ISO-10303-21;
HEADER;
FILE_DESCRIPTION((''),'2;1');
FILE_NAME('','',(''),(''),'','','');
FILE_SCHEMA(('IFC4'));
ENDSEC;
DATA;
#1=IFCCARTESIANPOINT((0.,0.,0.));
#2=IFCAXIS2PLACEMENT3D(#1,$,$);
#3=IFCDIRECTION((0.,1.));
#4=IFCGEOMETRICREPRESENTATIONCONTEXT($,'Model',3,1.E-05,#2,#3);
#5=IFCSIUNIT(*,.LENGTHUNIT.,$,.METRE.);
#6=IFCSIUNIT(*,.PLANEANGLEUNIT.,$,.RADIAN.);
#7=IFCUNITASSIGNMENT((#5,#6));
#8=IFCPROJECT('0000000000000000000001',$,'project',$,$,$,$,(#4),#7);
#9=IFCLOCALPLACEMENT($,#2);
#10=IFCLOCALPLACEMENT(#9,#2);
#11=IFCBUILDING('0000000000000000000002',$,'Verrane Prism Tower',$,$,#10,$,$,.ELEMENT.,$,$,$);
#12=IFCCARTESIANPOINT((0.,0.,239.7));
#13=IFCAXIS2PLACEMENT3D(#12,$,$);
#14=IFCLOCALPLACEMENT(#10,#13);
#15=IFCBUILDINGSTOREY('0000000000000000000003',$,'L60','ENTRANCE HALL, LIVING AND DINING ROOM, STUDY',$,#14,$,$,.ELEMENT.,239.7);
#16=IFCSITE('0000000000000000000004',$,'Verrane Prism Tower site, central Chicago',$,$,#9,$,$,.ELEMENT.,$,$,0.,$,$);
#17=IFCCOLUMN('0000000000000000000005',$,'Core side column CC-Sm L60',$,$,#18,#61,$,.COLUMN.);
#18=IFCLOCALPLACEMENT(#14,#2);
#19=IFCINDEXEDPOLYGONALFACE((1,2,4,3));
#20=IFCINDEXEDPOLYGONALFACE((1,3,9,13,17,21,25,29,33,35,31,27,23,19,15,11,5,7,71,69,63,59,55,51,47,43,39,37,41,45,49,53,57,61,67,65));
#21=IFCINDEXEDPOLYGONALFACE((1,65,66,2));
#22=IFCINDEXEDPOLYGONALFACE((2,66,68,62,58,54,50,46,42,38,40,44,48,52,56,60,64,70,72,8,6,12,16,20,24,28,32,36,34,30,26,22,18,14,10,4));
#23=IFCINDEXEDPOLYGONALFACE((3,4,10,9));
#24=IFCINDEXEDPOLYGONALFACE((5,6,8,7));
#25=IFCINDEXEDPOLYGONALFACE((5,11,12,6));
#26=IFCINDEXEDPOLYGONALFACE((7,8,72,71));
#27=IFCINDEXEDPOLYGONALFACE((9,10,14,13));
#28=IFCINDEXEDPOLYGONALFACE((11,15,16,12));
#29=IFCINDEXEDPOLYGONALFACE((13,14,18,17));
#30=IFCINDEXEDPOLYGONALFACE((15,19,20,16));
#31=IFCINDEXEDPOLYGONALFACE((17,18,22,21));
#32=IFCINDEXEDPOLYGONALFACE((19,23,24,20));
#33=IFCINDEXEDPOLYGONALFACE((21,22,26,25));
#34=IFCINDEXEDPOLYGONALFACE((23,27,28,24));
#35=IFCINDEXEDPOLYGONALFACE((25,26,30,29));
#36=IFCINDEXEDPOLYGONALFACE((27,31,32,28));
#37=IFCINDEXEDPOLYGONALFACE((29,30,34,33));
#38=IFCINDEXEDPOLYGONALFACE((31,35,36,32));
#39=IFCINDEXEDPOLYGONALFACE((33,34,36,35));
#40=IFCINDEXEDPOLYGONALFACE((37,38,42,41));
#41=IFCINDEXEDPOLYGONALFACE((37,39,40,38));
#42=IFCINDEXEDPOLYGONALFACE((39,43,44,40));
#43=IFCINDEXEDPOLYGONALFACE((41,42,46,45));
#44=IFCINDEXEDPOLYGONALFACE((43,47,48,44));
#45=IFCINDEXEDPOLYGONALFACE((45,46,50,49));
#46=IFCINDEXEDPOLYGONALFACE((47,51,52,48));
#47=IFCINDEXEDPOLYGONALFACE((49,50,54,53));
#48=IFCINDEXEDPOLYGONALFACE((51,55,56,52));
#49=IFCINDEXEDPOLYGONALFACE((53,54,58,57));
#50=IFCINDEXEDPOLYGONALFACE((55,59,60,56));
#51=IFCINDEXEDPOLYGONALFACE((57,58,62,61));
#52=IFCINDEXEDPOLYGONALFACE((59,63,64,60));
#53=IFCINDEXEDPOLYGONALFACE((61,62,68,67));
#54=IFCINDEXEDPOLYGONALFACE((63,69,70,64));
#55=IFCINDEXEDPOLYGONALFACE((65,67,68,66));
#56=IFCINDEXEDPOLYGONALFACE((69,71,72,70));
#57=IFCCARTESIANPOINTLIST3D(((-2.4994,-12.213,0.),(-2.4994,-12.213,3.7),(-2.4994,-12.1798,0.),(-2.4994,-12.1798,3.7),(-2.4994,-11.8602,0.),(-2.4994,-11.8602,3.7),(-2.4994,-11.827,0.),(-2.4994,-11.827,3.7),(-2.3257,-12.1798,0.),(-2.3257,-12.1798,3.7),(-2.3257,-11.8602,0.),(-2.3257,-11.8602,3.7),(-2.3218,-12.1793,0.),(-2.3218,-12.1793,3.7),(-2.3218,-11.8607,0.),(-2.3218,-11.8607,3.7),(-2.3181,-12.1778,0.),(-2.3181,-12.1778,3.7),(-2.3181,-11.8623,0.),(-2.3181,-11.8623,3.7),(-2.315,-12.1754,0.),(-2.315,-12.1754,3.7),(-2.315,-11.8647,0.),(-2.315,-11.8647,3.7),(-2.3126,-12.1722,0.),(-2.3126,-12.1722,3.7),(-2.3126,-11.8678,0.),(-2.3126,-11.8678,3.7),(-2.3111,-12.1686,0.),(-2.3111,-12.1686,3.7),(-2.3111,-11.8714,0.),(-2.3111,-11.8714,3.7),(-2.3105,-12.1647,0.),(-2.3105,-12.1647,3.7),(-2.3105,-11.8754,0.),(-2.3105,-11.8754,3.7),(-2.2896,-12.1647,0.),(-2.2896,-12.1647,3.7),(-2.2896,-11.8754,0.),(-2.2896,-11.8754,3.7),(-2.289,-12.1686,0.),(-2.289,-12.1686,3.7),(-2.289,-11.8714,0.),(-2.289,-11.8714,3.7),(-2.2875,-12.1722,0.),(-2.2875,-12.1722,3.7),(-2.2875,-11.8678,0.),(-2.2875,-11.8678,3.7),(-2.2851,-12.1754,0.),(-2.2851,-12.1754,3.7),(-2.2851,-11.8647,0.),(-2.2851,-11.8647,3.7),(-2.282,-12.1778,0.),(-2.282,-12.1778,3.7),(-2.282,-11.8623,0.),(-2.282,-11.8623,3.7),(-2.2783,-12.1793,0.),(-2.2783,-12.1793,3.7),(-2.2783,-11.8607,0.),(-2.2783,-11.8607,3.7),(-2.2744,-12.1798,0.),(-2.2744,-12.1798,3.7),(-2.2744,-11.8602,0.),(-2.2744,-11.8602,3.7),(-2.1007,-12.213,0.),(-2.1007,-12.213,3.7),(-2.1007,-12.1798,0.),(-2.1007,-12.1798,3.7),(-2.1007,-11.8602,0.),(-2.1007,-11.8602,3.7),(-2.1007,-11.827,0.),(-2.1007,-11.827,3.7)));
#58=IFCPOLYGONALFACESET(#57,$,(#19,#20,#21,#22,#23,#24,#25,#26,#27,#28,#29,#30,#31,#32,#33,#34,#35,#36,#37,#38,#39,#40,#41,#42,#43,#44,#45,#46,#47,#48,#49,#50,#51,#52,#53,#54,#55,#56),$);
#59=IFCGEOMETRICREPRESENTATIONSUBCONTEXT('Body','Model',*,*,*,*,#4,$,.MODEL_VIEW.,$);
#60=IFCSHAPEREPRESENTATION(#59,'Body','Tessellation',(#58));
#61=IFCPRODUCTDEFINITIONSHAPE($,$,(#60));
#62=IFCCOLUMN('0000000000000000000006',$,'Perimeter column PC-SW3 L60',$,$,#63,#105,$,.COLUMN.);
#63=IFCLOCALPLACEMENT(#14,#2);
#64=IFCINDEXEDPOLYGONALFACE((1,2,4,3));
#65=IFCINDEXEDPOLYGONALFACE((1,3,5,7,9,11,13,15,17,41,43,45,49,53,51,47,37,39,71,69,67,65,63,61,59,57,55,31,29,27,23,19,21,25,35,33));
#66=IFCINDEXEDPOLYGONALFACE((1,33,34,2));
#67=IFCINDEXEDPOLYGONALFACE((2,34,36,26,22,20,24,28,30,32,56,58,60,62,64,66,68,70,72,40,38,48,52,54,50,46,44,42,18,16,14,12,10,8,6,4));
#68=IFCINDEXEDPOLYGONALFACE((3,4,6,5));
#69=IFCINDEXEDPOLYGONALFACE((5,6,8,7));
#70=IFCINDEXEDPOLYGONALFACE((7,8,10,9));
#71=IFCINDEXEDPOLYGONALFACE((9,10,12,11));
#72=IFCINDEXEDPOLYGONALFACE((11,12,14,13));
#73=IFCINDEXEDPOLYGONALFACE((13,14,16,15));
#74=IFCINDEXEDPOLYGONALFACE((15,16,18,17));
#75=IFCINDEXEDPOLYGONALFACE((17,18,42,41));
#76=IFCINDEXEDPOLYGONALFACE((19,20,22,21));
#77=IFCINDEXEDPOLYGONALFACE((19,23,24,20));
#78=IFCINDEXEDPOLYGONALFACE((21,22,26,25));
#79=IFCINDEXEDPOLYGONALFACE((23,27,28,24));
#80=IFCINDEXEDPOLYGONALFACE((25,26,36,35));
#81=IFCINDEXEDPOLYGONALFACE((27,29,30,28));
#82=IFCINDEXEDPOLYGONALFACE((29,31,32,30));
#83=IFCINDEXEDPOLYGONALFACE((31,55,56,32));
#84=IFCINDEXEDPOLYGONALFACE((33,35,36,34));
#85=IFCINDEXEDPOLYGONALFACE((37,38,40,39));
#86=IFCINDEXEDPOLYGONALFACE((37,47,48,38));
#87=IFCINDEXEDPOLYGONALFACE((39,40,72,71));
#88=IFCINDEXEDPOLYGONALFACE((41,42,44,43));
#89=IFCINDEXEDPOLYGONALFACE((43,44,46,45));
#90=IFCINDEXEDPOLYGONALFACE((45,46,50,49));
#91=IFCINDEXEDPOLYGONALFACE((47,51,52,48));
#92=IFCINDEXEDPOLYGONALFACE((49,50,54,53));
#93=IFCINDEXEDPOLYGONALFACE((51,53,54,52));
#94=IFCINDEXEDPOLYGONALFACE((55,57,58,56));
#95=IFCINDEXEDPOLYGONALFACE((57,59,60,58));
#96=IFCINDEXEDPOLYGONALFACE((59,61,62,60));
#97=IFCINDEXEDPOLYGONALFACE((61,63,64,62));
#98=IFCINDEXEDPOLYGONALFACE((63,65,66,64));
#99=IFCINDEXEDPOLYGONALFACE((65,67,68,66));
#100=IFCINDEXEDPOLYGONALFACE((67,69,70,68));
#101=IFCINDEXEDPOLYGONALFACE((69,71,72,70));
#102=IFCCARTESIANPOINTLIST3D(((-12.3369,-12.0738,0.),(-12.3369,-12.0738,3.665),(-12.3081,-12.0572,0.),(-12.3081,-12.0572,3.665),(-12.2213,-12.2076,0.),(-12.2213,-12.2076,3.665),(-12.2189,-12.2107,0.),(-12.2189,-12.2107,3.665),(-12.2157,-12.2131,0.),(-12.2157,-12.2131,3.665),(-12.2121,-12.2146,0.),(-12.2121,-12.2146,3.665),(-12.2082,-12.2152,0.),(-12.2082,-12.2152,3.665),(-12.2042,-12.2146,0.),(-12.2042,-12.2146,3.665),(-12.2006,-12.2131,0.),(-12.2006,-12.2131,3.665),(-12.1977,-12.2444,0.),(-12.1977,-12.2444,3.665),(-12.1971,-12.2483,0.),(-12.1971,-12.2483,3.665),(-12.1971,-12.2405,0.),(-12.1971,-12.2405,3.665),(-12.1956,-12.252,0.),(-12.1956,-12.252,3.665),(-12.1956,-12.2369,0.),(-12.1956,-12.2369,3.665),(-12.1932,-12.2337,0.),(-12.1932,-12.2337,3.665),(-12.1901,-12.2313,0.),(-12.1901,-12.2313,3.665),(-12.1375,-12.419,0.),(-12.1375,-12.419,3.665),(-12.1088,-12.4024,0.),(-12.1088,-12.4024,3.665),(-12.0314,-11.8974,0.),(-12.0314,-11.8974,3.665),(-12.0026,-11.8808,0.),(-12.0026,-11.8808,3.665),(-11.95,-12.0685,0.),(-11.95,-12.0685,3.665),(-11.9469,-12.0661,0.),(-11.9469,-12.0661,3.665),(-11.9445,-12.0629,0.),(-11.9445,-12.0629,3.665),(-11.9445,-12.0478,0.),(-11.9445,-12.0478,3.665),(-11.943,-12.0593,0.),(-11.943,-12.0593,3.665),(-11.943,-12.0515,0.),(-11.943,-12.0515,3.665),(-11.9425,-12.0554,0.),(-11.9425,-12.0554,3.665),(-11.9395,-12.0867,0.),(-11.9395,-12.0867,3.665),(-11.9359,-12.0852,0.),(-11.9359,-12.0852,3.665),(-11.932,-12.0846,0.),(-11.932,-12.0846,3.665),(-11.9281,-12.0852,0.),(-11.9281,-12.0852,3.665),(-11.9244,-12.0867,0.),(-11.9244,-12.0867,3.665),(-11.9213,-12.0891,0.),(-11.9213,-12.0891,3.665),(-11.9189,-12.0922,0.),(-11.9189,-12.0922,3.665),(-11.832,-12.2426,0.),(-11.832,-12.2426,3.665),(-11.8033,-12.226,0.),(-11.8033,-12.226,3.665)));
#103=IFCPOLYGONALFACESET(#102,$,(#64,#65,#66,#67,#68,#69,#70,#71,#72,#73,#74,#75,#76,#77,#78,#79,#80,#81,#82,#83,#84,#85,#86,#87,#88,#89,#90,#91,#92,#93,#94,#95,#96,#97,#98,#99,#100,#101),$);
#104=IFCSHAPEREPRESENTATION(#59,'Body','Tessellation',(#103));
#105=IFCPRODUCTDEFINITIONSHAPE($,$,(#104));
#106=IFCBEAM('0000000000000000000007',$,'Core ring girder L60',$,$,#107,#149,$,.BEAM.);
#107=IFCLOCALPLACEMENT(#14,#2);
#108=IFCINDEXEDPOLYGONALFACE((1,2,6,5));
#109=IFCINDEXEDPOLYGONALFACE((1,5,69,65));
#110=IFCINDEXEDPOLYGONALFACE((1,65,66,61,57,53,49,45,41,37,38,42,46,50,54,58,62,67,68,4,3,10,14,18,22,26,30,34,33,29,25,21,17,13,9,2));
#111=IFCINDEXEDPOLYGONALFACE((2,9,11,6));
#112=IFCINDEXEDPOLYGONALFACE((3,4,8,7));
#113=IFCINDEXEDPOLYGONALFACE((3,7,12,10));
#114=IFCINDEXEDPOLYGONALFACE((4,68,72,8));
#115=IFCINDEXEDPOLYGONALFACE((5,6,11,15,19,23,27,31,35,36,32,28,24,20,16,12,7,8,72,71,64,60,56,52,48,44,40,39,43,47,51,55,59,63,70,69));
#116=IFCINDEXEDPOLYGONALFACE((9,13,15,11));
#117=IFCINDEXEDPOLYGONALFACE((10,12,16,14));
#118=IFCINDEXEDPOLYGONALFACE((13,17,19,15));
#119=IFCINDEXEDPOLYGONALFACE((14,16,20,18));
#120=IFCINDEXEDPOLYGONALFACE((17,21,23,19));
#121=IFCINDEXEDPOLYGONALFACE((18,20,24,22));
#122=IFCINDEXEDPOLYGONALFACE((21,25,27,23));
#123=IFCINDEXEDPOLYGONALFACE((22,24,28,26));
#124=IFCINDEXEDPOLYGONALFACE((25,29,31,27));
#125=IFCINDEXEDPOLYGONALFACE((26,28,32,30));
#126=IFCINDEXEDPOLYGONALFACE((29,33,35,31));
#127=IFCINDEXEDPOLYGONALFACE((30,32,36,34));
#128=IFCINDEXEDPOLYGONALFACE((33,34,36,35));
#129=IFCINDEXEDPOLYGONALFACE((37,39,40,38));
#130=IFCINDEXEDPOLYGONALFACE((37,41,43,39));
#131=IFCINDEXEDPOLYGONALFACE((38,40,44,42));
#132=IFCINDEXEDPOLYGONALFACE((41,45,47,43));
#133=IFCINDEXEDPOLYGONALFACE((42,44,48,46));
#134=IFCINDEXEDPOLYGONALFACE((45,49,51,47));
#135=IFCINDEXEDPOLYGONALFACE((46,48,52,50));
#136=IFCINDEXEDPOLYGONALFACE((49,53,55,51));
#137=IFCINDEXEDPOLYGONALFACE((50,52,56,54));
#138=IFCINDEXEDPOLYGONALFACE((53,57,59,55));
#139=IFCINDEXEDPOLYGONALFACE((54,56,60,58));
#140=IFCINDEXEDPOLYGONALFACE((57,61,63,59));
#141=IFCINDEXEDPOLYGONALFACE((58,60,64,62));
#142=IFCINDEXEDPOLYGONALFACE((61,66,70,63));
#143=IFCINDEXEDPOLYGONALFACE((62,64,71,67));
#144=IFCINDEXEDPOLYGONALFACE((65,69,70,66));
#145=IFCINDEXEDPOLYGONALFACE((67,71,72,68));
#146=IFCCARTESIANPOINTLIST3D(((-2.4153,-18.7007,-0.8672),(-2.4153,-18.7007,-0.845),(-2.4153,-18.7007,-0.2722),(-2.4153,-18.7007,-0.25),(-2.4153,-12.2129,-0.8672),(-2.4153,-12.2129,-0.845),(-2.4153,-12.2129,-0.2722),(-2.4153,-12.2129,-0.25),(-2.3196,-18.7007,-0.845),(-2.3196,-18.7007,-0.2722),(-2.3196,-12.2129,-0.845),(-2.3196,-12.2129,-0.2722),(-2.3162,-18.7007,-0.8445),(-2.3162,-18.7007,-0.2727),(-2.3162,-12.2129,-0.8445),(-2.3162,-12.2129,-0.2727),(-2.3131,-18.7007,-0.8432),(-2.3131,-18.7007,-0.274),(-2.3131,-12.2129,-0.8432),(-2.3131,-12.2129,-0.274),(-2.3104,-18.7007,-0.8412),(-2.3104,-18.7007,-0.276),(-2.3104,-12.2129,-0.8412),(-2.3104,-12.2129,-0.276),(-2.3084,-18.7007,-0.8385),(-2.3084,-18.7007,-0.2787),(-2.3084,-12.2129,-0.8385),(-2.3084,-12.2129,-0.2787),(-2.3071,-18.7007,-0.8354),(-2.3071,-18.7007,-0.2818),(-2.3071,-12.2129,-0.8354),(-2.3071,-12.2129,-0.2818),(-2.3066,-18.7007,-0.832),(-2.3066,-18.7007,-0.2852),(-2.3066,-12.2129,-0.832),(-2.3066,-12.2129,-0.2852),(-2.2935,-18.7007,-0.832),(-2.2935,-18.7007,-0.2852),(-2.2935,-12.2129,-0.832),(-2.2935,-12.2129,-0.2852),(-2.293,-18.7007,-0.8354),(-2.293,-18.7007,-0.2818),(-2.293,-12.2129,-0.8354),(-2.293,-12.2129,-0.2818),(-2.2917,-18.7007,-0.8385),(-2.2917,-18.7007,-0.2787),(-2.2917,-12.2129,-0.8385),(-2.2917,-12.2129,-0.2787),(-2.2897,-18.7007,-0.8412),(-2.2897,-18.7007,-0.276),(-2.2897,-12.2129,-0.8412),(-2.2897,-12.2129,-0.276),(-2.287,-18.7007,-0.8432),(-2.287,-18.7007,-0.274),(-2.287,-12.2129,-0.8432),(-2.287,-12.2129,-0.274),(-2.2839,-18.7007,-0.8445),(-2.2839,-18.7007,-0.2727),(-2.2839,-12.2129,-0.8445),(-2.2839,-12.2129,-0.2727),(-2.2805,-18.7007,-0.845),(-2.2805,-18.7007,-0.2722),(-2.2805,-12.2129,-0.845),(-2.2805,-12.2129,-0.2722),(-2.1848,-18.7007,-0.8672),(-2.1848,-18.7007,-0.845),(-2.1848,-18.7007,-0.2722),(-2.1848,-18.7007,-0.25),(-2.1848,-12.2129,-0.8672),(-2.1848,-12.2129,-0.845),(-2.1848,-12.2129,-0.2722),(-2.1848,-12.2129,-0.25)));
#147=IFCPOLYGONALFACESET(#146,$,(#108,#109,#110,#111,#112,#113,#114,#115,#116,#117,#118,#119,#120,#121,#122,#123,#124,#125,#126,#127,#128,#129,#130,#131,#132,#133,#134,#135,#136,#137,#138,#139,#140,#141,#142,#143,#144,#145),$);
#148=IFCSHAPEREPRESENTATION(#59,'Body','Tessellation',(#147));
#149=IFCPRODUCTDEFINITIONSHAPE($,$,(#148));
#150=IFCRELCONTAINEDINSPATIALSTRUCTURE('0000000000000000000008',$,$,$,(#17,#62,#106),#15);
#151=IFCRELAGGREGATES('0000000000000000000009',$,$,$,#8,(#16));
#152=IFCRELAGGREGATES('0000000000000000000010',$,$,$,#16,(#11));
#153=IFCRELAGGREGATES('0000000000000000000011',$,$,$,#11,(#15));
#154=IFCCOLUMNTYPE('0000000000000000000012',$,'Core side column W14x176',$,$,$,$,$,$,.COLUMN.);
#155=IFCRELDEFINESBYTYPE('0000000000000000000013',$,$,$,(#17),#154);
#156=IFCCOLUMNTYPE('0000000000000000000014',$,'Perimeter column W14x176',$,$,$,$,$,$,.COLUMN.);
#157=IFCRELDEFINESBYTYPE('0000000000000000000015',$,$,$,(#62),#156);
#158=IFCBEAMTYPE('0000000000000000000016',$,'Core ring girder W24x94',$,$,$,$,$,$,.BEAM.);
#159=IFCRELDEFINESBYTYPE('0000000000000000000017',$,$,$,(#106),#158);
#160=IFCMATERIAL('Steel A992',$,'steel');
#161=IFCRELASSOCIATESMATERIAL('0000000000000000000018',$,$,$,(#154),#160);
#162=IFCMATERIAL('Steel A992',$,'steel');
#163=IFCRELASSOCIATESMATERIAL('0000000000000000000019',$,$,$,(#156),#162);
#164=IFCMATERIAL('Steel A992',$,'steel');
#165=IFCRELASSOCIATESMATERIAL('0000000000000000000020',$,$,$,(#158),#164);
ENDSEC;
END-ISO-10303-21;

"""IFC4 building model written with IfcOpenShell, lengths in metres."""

from ifc_helpers import new_model, si_unit, direction, frame, origin, origin_2d, place, context, subcontext, project, spatial, i_section, extrude, material, material_profile, profile_set, type_object, element, save


model = new_model("IFC4")

# Units and contexts
model_context = context("Model", 3, precision=1e-05, world=origin(), true_north=direction((0.0, 1.0)))
body_context = subcontext(model_context, "Body", "Model", "MODEL_VIEW")
ifc_project = project(units=[si_unit("LENGTHUNIT", "METRE"), si_unit("PLANEANGLEUNIT", "RADIAN")], contexts=[model_context])

# Site, building, storey
site_placement = place(None, origin())
site = spatial("IfcSite", under=ifc_project, at=site_placement, Name="Verrane Prism Tower site, central Chicago", CompositionType="ELEMENT", RefElevation=0.0)
building_placement = place(site_placement, origin())
building = spatial("IfcBuilding", under=site, at=building_placement, Name="Verrane Prism Tower", CompositionType="ELEMENT")
storey_placement = place(building_placement, frame((0.0, 0.0, 239.7)))
storey = spatial("IfcBuildingStorey", under=building, at=storey_placement, Name="L60", Description="ENTRANCE HALL, LIVING AND DINING ROOM, STUDY", CompositionType="ELEMENT", Elevation=239.7)

# Columns
ifc_material_1 = material(Name="Steel A992", Category="steel")
ifc_material_profile_1 = material_profile(ifc_material_1, i_section(OverallWidth=0.3987, OverallDepth=0.386, WebThickness=0.021, FlangeThickness=0.0332, FilletRadius=0.0151, at=origin_2d()), Name="W14x176")
ifc_profile_set_1 = profile_set([ifc_material_profile_1], Name="Steel A992")
column_type_1 = type_object("IfcColumnType", Name="Core side column W14x176", PredefinedType="COLUMN", material=ifc_profile_set_1)
column_1_placement = place(storey_placement, frame((-2.3, -12.02, 0.0), z_axis=(0.0, 0.0, 1.0), x_axis=(1.0, 0.0, 0.0)))
element("IfcColumn", 1, at=column_1_placement, inside=storey, type_object=column_type_1, Name="Core side column CC-Sm L60", PredefinedType="COLUMN", context=body_context, shape_type="SweptSolid", body=[
    extrude(i_section(OverallWidth=0.3987, OverallDepth=0.386, WebThickness=0.021, FlangeThickness=0.0332, FilletRadius=0.0151, at=origin_2d()), origin(), (0.0, 0.0, 1.0), 3.7),
])
ifc_material_2 = material(Name="Steel A992", Category="steel")
ifc_material_profile_2 = material_profile(ifc_material_2, i_section(OverallWidth=0.3987, OverallDepth=0.386, WebThickness=0.021, FlangeThickness=0.0332, FilletRadius=0.0151, at=origin_2d()), Name="W14x176")
ifc_profile_set_2 = profile_set([ifc_material_profile_2], Name="Steel A992")
column_type_2 = type_object("IfcColumnType", Name="Perimeter column W14x176", PredefinedType="COLUMN", material=ifc_profile_set_2)
column_2_placement = place(storey_placement, frame((-12.0701, -12.1499, 0.0), z_axis=(0.0, 0.0, 1.0), x_axis=(-0.5, 0.866025, 0.0)))
element("IfcColumn", 2, at=column_2_placement, inside=storey, type_object=column_type_2, Name="Perimeter column PC-SW3 L60", PredefinedType="COLUMN", context=body_context, shape_type="SweptSolid", body=[
    extrude(i_section(OverallWidth=0.3987, OverallDepth=0.386, WebThickness=0.021, FlangeThickness=0.0332, FilletRadius=0.0151, at=origin_2d()), origin(), (0.0, 0.0, 1.0), 3.665),
])

# Beam
ifc_material_3 = material(Name="Steel A992", Category="steel")
ifc_material_profile_3 = material_profile(ifc_material_3, i_section(OverallWidth=0.2305, OverallDepth=0.6172, WebThickness=0.0132, FlangeThickness=0.0222, FilletRadius=0.0129, at=origin_2d()), Name="W24x94")
ifc_profile_set_3 = profile_set([ifc_material_profile_3], Name="Steel A992")
beam_type_1 = type_object("IfcBeamType", Name="Core ring girder W24x94", PredefinedType="BEAM", material=ifc_profile_set_3)
beam_1_placement = place(storey_placement, frame((-2.3, -12.2129, -0.5586), z_axis=(0.0, -1.0, 0.0), x_axis=(1.0, 0.0, 0.0)))
element("IfcBeam", 3, at=beam_1_placement, inside=storey, type_object=beam_type_1, Name="Core ring girder L60", PredefinedType="BEAM", context=body_context, shape_type="SweptSolid", body=[
    extrude(i_section(OverallWidth=0.2305, OverallDepth=0.6172, WebThickness=0.0132, FlangeThickness=0.0222, FilletRadius=0.0129, at=origin_2d()), origin(), (0.0, 0.0, 1.0), 6.4878),
])

save(model, "model.ifc")
